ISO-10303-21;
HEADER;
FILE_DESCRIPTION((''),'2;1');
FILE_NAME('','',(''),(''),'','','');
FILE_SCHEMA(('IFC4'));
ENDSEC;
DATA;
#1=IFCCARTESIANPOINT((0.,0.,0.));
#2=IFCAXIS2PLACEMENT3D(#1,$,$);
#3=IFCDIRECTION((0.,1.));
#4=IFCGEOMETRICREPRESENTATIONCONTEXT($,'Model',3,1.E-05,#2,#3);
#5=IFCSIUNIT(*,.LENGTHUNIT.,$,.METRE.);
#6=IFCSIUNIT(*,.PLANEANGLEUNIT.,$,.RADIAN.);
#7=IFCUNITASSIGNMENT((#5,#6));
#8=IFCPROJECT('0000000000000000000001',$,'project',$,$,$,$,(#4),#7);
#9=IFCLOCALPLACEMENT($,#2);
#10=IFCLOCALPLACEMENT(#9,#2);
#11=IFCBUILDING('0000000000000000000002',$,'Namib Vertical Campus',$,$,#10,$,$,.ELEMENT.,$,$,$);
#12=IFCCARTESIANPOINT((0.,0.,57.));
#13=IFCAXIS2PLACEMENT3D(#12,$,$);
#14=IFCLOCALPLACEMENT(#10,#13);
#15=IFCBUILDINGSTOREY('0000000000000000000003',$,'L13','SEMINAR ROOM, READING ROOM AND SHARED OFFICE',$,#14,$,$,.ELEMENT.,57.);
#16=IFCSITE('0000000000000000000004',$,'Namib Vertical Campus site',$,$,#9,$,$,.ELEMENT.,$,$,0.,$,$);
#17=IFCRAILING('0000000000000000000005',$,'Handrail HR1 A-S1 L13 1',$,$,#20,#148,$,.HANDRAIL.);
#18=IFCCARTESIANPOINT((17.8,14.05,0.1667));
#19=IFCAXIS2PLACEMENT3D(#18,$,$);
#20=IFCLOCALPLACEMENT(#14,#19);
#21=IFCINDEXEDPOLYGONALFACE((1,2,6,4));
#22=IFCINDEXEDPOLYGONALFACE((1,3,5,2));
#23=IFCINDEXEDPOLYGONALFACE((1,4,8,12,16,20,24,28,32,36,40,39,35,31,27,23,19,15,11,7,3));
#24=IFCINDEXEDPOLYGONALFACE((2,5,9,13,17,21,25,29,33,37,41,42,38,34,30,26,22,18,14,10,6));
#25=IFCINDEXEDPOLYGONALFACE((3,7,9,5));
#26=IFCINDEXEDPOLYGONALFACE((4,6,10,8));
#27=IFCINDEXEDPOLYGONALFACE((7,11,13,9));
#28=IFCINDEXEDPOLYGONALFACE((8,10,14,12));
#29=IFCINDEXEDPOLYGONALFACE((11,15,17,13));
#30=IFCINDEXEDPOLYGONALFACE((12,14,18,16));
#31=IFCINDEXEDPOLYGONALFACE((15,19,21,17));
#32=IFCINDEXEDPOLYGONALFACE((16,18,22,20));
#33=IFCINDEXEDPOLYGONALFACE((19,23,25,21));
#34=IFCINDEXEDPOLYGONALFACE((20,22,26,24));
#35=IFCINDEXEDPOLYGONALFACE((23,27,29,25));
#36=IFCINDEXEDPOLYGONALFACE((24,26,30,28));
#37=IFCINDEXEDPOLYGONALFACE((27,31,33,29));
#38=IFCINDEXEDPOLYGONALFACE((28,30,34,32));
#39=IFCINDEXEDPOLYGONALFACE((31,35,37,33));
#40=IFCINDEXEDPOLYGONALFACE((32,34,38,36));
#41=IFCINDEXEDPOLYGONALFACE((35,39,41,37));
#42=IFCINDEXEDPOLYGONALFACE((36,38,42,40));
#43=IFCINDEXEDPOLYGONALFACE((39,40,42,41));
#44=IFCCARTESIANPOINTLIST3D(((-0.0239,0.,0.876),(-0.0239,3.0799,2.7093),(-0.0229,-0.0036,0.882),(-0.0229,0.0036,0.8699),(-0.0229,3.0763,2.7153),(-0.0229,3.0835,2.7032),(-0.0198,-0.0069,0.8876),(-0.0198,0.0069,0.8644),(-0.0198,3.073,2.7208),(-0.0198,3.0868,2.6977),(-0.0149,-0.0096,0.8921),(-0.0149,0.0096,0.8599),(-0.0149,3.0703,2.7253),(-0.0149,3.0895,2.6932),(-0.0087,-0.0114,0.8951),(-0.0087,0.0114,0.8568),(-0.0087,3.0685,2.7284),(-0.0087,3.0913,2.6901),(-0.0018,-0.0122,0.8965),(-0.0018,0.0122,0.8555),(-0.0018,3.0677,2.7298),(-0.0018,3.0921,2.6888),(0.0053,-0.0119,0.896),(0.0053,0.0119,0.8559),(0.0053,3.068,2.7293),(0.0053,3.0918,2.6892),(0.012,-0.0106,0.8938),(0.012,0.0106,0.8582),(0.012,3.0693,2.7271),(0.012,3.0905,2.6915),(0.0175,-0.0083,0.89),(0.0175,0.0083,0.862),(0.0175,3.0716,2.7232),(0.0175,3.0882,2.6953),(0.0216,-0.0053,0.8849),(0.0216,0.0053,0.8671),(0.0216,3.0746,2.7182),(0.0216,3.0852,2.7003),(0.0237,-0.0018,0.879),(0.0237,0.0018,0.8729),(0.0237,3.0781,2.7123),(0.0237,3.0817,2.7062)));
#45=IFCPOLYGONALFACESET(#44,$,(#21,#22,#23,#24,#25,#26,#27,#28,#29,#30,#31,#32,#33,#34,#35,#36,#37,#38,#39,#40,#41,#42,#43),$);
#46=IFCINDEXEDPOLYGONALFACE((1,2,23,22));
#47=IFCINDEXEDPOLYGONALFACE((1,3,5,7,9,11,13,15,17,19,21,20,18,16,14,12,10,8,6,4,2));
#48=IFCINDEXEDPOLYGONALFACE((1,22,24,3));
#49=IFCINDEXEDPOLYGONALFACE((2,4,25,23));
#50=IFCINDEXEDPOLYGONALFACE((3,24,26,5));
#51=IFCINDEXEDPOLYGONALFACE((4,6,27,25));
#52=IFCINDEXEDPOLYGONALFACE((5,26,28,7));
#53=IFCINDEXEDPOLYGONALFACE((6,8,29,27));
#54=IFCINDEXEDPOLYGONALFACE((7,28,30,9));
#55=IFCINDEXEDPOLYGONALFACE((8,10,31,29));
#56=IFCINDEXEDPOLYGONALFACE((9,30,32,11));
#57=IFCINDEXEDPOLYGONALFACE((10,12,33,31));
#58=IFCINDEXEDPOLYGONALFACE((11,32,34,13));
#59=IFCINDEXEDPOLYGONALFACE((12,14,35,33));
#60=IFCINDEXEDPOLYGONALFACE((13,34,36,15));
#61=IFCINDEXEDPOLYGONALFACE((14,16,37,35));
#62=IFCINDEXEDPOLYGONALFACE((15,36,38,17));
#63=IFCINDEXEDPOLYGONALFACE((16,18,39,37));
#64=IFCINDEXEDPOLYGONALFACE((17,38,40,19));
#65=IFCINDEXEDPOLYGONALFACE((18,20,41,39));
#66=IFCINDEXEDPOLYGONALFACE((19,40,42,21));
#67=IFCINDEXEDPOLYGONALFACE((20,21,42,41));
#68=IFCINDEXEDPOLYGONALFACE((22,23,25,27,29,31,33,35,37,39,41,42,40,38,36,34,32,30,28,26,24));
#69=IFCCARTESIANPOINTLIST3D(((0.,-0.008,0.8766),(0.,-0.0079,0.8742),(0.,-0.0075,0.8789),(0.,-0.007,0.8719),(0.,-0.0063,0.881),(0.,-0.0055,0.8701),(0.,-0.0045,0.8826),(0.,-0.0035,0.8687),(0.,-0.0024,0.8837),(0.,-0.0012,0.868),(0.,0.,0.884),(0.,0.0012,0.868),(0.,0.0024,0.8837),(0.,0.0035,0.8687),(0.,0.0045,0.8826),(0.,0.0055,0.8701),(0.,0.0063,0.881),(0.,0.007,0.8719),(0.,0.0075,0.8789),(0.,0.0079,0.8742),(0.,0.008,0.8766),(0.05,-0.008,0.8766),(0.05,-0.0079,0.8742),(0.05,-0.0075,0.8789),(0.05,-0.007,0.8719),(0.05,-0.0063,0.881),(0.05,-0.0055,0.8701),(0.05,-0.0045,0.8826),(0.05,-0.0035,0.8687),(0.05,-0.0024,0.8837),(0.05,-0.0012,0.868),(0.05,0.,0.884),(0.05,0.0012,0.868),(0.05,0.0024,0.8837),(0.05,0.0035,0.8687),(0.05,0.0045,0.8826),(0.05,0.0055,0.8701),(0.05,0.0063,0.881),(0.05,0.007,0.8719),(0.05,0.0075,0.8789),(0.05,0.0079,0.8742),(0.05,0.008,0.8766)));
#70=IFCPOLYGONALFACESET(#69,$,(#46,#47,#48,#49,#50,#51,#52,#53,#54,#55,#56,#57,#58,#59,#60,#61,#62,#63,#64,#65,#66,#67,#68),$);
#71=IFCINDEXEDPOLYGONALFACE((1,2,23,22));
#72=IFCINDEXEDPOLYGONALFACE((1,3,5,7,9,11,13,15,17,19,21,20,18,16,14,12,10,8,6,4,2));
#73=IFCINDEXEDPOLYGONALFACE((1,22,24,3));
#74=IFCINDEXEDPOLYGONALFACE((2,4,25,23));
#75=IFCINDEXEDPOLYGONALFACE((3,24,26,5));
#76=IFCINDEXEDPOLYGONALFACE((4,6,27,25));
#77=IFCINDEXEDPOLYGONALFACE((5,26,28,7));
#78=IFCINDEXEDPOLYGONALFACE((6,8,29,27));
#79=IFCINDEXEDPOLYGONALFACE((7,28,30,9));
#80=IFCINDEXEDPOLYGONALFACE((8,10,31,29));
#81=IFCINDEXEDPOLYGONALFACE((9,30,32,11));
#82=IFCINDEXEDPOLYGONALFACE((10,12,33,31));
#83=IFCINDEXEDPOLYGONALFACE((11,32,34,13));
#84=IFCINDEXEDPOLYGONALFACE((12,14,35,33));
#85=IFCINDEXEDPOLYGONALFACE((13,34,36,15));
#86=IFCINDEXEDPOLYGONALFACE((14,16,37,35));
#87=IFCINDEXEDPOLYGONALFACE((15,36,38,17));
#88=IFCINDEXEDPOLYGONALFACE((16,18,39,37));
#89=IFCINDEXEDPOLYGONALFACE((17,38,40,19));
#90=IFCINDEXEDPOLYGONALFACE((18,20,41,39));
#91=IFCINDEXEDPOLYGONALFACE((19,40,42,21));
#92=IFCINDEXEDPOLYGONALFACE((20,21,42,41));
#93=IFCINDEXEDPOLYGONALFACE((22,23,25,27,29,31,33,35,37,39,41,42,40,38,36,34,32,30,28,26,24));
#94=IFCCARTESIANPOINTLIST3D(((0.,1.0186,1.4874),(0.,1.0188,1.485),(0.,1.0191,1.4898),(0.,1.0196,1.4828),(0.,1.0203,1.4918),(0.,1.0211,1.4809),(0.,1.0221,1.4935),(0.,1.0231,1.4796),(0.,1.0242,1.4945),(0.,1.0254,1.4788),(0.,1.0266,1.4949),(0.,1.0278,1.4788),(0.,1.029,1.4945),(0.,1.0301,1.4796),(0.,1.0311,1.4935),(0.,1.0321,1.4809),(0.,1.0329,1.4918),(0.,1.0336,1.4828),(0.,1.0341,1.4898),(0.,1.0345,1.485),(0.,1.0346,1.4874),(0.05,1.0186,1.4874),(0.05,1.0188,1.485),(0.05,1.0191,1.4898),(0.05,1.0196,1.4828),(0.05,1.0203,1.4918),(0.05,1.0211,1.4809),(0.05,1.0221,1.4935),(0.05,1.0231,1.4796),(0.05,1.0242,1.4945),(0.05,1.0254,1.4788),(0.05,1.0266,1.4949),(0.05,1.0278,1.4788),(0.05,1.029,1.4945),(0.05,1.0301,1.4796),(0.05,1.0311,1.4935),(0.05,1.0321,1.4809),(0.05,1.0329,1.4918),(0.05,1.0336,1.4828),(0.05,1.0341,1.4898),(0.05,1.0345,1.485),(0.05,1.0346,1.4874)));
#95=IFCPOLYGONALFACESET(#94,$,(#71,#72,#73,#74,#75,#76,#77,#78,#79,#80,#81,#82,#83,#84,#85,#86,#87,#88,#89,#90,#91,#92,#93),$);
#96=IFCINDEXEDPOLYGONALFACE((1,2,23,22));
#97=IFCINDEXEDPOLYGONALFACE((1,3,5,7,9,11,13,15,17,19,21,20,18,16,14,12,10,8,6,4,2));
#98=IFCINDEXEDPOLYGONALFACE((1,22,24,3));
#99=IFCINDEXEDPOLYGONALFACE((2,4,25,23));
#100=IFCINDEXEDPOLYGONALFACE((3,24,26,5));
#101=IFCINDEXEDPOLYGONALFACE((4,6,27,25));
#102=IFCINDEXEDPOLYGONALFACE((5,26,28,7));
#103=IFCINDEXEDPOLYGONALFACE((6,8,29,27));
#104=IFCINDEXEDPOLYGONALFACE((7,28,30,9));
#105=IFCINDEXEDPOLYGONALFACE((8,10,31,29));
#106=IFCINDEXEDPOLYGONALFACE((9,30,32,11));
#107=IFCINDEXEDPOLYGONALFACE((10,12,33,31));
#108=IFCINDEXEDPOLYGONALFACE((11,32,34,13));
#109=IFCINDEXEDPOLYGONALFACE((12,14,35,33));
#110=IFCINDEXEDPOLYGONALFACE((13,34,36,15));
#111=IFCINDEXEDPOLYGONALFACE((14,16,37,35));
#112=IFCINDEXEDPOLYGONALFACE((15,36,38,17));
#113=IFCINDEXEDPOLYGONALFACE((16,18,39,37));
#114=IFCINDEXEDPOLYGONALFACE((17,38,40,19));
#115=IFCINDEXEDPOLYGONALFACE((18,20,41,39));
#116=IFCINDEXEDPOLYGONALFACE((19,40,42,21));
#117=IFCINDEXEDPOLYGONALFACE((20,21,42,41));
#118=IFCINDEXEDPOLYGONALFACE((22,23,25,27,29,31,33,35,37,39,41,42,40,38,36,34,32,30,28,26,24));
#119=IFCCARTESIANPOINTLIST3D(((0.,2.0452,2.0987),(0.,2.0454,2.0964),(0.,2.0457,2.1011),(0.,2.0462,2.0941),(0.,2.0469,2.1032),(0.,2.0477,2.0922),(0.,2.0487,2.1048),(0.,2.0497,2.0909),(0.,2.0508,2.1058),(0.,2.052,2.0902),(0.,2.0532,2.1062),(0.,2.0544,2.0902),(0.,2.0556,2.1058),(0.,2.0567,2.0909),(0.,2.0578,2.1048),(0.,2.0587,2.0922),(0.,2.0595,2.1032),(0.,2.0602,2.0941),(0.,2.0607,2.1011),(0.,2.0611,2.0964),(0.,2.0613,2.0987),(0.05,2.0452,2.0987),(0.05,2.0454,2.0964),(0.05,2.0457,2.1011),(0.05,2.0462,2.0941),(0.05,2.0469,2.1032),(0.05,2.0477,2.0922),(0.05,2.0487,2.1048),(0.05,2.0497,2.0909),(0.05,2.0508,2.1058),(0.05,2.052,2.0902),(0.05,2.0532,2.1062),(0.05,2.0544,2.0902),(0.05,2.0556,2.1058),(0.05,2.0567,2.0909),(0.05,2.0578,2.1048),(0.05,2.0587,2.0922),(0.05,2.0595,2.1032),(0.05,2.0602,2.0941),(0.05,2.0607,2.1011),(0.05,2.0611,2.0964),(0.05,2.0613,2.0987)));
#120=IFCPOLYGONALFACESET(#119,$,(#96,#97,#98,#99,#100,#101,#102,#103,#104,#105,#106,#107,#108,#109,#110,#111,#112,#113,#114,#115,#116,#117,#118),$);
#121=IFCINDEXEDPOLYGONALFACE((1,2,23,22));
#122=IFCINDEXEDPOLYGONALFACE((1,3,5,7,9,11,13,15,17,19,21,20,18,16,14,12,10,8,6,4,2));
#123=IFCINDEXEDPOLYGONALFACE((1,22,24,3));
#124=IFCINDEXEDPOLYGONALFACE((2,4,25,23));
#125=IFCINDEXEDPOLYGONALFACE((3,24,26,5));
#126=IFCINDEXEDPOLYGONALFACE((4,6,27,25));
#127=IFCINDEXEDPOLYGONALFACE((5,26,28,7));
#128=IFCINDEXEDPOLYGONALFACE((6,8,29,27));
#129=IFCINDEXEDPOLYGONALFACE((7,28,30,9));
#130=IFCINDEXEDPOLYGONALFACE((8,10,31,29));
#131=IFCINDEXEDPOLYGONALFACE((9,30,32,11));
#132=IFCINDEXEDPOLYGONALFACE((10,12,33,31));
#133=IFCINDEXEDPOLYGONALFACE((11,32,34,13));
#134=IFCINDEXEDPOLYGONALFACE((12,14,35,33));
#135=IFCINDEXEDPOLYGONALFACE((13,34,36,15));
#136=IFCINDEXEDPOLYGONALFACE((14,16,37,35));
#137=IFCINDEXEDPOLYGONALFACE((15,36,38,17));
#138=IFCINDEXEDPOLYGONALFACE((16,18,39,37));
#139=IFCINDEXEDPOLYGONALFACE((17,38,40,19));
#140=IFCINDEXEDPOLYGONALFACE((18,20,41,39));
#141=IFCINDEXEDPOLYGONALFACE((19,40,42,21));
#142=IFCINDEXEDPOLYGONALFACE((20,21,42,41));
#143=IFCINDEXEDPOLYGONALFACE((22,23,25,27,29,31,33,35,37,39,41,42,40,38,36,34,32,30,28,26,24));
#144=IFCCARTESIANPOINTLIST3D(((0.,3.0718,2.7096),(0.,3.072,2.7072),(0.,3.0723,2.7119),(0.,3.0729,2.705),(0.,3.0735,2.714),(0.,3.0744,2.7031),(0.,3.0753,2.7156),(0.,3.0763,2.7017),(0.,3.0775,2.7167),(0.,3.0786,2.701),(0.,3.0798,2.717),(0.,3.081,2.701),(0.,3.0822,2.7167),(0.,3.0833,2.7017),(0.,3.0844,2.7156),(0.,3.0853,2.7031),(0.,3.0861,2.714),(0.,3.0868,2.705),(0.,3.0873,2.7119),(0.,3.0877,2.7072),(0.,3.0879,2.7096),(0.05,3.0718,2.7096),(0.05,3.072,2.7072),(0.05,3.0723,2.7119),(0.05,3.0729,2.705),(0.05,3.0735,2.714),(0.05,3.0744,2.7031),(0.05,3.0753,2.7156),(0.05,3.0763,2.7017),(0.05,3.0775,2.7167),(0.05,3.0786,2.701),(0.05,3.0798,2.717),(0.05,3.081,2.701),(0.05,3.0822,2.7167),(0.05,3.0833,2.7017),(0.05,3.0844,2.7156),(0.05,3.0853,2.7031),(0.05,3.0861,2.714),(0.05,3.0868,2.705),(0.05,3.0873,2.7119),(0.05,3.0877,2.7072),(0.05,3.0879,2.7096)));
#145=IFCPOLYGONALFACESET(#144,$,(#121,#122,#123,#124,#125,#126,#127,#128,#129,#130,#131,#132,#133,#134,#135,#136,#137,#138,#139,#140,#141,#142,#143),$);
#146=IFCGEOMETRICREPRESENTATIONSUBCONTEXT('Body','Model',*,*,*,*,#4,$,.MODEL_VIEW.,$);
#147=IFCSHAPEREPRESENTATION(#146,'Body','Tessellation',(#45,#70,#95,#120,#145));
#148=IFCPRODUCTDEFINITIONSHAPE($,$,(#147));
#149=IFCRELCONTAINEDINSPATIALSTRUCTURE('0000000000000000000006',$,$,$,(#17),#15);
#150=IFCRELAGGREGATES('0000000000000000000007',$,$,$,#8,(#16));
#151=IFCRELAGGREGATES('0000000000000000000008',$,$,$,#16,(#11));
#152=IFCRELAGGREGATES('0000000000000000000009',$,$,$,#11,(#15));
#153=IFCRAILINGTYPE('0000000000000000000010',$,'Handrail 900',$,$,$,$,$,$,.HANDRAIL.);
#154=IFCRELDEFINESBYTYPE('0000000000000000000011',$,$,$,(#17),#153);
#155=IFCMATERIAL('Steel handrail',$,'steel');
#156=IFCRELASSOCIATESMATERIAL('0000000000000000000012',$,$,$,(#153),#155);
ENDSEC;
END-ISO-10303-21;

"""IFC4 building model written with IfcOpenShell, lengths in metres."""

from ifc_helpers import new_model, si_unit, direction, frame, origin, origin_2d, place, context, subcontext, project, spatial, circle, extrude, material, type_object, element, save


model = new_model("IFC4")

# Units and contexts
model_context = context("Model", 3, precision=1e-05, world=origin(), true_north=direction((0.0, 1.0)))
body_context = subcontext(model_context, "Body", "Model", "MODEL_VIEW")
ifc_project = project(units=[si_unit("LENGTHUNIT", "METRE"), si_unit("PLANEANGLEUNIT", "RADIAN")], contexts=[model_context])

# Site, building, storey
site_placement = place(None, origin())
site = spatial("IfcSite", under=ifc_project, at=site_placement, Name="Namib Vertical Campus site", CompositionType="ELEMENT", RefElevation=0.0)
building_placement = place(site_placement, origin())
building = spatial("IfcBuilding", under=site, at=building_placement, Name="Namib Vertical Campus", CompositionType="ELEMENT")
storey_placement = place(building_placement, frame((0.0, 0.0, 57.0)))
storey = spatial("IfcBuildingStorey", under=building, at=storey_placement, Name="L13", Description="SEMINAR ROOM, READING ROOM AND SHARED OFFICE", CompositionType="ELEMENT", Elevation=57.0)

# Railing
ifc_material_1 = material(Name="Steel handrail", Category="steel")
railing_type_1 = type_object("IfcRailingType", Name="Handrail 900", PredefinedType="HANDRAIL", material=ifc_material_1)
railing_1_placement = place(storey_placement, frame((17.8, 14.05, 0.1667)))
element("IfcRailing", 1, at=railing_1_placement, inside=storey, type_object=railing_type_1, Name="Handrail HR1 A-S1 L13 1", PredefinedType="HANDRAIL", context=body_context, shape_type="SweptSolid", body=[
    extrude(circle(Radius=0.0239, at=origin_2d()), frame((0.0, 0.0, 0.876), z_axis=(0.0, 0.859291, 0.511487), x_axis=(-1.0, 0.0, 0.0)), (0.0, 0.0, 1.0), 3.5842),
    extrude(circle(Radius=0.0081, at=origin_2d()), frame((0.0, 0.0, 0.876), z_axis=(1.0, 0.0, 0.0), x_axis=(0.0, 0.0, 1.0)), (0.0, 0.0, 1.0), 0.05),
    extrude(circle(Radius=0.0081, at=origin_2d()), frame((0.0, 1.0266, 1.4868), z_axis=(1.0, 0.0, 0.0), x_axis=(0.0, 0.0, 1.0)), (0.0, 0.0, 1.0), 0.05),
    extrude(circle(Radius=0.0081, at=origin_2d()), frame((0.0, 2.0532, 2.0981), z_axis=(1.0, 0.0, 0.0), x_axis=(0.0, 0.0, 1.0)), (0.0, 0.0, 1.0), 0.05),
    extrude(circle(Radius=0.0081, at=origin_2d()), frame((0.0, 3.0798, 2.709), z_axis=(1.0, 0.0, 0.0), x_axis=(0.0, 0.0, 1.0)), (0.0, 0.0, 1.0), 0.05),
])

save(model, "model.ifc")
